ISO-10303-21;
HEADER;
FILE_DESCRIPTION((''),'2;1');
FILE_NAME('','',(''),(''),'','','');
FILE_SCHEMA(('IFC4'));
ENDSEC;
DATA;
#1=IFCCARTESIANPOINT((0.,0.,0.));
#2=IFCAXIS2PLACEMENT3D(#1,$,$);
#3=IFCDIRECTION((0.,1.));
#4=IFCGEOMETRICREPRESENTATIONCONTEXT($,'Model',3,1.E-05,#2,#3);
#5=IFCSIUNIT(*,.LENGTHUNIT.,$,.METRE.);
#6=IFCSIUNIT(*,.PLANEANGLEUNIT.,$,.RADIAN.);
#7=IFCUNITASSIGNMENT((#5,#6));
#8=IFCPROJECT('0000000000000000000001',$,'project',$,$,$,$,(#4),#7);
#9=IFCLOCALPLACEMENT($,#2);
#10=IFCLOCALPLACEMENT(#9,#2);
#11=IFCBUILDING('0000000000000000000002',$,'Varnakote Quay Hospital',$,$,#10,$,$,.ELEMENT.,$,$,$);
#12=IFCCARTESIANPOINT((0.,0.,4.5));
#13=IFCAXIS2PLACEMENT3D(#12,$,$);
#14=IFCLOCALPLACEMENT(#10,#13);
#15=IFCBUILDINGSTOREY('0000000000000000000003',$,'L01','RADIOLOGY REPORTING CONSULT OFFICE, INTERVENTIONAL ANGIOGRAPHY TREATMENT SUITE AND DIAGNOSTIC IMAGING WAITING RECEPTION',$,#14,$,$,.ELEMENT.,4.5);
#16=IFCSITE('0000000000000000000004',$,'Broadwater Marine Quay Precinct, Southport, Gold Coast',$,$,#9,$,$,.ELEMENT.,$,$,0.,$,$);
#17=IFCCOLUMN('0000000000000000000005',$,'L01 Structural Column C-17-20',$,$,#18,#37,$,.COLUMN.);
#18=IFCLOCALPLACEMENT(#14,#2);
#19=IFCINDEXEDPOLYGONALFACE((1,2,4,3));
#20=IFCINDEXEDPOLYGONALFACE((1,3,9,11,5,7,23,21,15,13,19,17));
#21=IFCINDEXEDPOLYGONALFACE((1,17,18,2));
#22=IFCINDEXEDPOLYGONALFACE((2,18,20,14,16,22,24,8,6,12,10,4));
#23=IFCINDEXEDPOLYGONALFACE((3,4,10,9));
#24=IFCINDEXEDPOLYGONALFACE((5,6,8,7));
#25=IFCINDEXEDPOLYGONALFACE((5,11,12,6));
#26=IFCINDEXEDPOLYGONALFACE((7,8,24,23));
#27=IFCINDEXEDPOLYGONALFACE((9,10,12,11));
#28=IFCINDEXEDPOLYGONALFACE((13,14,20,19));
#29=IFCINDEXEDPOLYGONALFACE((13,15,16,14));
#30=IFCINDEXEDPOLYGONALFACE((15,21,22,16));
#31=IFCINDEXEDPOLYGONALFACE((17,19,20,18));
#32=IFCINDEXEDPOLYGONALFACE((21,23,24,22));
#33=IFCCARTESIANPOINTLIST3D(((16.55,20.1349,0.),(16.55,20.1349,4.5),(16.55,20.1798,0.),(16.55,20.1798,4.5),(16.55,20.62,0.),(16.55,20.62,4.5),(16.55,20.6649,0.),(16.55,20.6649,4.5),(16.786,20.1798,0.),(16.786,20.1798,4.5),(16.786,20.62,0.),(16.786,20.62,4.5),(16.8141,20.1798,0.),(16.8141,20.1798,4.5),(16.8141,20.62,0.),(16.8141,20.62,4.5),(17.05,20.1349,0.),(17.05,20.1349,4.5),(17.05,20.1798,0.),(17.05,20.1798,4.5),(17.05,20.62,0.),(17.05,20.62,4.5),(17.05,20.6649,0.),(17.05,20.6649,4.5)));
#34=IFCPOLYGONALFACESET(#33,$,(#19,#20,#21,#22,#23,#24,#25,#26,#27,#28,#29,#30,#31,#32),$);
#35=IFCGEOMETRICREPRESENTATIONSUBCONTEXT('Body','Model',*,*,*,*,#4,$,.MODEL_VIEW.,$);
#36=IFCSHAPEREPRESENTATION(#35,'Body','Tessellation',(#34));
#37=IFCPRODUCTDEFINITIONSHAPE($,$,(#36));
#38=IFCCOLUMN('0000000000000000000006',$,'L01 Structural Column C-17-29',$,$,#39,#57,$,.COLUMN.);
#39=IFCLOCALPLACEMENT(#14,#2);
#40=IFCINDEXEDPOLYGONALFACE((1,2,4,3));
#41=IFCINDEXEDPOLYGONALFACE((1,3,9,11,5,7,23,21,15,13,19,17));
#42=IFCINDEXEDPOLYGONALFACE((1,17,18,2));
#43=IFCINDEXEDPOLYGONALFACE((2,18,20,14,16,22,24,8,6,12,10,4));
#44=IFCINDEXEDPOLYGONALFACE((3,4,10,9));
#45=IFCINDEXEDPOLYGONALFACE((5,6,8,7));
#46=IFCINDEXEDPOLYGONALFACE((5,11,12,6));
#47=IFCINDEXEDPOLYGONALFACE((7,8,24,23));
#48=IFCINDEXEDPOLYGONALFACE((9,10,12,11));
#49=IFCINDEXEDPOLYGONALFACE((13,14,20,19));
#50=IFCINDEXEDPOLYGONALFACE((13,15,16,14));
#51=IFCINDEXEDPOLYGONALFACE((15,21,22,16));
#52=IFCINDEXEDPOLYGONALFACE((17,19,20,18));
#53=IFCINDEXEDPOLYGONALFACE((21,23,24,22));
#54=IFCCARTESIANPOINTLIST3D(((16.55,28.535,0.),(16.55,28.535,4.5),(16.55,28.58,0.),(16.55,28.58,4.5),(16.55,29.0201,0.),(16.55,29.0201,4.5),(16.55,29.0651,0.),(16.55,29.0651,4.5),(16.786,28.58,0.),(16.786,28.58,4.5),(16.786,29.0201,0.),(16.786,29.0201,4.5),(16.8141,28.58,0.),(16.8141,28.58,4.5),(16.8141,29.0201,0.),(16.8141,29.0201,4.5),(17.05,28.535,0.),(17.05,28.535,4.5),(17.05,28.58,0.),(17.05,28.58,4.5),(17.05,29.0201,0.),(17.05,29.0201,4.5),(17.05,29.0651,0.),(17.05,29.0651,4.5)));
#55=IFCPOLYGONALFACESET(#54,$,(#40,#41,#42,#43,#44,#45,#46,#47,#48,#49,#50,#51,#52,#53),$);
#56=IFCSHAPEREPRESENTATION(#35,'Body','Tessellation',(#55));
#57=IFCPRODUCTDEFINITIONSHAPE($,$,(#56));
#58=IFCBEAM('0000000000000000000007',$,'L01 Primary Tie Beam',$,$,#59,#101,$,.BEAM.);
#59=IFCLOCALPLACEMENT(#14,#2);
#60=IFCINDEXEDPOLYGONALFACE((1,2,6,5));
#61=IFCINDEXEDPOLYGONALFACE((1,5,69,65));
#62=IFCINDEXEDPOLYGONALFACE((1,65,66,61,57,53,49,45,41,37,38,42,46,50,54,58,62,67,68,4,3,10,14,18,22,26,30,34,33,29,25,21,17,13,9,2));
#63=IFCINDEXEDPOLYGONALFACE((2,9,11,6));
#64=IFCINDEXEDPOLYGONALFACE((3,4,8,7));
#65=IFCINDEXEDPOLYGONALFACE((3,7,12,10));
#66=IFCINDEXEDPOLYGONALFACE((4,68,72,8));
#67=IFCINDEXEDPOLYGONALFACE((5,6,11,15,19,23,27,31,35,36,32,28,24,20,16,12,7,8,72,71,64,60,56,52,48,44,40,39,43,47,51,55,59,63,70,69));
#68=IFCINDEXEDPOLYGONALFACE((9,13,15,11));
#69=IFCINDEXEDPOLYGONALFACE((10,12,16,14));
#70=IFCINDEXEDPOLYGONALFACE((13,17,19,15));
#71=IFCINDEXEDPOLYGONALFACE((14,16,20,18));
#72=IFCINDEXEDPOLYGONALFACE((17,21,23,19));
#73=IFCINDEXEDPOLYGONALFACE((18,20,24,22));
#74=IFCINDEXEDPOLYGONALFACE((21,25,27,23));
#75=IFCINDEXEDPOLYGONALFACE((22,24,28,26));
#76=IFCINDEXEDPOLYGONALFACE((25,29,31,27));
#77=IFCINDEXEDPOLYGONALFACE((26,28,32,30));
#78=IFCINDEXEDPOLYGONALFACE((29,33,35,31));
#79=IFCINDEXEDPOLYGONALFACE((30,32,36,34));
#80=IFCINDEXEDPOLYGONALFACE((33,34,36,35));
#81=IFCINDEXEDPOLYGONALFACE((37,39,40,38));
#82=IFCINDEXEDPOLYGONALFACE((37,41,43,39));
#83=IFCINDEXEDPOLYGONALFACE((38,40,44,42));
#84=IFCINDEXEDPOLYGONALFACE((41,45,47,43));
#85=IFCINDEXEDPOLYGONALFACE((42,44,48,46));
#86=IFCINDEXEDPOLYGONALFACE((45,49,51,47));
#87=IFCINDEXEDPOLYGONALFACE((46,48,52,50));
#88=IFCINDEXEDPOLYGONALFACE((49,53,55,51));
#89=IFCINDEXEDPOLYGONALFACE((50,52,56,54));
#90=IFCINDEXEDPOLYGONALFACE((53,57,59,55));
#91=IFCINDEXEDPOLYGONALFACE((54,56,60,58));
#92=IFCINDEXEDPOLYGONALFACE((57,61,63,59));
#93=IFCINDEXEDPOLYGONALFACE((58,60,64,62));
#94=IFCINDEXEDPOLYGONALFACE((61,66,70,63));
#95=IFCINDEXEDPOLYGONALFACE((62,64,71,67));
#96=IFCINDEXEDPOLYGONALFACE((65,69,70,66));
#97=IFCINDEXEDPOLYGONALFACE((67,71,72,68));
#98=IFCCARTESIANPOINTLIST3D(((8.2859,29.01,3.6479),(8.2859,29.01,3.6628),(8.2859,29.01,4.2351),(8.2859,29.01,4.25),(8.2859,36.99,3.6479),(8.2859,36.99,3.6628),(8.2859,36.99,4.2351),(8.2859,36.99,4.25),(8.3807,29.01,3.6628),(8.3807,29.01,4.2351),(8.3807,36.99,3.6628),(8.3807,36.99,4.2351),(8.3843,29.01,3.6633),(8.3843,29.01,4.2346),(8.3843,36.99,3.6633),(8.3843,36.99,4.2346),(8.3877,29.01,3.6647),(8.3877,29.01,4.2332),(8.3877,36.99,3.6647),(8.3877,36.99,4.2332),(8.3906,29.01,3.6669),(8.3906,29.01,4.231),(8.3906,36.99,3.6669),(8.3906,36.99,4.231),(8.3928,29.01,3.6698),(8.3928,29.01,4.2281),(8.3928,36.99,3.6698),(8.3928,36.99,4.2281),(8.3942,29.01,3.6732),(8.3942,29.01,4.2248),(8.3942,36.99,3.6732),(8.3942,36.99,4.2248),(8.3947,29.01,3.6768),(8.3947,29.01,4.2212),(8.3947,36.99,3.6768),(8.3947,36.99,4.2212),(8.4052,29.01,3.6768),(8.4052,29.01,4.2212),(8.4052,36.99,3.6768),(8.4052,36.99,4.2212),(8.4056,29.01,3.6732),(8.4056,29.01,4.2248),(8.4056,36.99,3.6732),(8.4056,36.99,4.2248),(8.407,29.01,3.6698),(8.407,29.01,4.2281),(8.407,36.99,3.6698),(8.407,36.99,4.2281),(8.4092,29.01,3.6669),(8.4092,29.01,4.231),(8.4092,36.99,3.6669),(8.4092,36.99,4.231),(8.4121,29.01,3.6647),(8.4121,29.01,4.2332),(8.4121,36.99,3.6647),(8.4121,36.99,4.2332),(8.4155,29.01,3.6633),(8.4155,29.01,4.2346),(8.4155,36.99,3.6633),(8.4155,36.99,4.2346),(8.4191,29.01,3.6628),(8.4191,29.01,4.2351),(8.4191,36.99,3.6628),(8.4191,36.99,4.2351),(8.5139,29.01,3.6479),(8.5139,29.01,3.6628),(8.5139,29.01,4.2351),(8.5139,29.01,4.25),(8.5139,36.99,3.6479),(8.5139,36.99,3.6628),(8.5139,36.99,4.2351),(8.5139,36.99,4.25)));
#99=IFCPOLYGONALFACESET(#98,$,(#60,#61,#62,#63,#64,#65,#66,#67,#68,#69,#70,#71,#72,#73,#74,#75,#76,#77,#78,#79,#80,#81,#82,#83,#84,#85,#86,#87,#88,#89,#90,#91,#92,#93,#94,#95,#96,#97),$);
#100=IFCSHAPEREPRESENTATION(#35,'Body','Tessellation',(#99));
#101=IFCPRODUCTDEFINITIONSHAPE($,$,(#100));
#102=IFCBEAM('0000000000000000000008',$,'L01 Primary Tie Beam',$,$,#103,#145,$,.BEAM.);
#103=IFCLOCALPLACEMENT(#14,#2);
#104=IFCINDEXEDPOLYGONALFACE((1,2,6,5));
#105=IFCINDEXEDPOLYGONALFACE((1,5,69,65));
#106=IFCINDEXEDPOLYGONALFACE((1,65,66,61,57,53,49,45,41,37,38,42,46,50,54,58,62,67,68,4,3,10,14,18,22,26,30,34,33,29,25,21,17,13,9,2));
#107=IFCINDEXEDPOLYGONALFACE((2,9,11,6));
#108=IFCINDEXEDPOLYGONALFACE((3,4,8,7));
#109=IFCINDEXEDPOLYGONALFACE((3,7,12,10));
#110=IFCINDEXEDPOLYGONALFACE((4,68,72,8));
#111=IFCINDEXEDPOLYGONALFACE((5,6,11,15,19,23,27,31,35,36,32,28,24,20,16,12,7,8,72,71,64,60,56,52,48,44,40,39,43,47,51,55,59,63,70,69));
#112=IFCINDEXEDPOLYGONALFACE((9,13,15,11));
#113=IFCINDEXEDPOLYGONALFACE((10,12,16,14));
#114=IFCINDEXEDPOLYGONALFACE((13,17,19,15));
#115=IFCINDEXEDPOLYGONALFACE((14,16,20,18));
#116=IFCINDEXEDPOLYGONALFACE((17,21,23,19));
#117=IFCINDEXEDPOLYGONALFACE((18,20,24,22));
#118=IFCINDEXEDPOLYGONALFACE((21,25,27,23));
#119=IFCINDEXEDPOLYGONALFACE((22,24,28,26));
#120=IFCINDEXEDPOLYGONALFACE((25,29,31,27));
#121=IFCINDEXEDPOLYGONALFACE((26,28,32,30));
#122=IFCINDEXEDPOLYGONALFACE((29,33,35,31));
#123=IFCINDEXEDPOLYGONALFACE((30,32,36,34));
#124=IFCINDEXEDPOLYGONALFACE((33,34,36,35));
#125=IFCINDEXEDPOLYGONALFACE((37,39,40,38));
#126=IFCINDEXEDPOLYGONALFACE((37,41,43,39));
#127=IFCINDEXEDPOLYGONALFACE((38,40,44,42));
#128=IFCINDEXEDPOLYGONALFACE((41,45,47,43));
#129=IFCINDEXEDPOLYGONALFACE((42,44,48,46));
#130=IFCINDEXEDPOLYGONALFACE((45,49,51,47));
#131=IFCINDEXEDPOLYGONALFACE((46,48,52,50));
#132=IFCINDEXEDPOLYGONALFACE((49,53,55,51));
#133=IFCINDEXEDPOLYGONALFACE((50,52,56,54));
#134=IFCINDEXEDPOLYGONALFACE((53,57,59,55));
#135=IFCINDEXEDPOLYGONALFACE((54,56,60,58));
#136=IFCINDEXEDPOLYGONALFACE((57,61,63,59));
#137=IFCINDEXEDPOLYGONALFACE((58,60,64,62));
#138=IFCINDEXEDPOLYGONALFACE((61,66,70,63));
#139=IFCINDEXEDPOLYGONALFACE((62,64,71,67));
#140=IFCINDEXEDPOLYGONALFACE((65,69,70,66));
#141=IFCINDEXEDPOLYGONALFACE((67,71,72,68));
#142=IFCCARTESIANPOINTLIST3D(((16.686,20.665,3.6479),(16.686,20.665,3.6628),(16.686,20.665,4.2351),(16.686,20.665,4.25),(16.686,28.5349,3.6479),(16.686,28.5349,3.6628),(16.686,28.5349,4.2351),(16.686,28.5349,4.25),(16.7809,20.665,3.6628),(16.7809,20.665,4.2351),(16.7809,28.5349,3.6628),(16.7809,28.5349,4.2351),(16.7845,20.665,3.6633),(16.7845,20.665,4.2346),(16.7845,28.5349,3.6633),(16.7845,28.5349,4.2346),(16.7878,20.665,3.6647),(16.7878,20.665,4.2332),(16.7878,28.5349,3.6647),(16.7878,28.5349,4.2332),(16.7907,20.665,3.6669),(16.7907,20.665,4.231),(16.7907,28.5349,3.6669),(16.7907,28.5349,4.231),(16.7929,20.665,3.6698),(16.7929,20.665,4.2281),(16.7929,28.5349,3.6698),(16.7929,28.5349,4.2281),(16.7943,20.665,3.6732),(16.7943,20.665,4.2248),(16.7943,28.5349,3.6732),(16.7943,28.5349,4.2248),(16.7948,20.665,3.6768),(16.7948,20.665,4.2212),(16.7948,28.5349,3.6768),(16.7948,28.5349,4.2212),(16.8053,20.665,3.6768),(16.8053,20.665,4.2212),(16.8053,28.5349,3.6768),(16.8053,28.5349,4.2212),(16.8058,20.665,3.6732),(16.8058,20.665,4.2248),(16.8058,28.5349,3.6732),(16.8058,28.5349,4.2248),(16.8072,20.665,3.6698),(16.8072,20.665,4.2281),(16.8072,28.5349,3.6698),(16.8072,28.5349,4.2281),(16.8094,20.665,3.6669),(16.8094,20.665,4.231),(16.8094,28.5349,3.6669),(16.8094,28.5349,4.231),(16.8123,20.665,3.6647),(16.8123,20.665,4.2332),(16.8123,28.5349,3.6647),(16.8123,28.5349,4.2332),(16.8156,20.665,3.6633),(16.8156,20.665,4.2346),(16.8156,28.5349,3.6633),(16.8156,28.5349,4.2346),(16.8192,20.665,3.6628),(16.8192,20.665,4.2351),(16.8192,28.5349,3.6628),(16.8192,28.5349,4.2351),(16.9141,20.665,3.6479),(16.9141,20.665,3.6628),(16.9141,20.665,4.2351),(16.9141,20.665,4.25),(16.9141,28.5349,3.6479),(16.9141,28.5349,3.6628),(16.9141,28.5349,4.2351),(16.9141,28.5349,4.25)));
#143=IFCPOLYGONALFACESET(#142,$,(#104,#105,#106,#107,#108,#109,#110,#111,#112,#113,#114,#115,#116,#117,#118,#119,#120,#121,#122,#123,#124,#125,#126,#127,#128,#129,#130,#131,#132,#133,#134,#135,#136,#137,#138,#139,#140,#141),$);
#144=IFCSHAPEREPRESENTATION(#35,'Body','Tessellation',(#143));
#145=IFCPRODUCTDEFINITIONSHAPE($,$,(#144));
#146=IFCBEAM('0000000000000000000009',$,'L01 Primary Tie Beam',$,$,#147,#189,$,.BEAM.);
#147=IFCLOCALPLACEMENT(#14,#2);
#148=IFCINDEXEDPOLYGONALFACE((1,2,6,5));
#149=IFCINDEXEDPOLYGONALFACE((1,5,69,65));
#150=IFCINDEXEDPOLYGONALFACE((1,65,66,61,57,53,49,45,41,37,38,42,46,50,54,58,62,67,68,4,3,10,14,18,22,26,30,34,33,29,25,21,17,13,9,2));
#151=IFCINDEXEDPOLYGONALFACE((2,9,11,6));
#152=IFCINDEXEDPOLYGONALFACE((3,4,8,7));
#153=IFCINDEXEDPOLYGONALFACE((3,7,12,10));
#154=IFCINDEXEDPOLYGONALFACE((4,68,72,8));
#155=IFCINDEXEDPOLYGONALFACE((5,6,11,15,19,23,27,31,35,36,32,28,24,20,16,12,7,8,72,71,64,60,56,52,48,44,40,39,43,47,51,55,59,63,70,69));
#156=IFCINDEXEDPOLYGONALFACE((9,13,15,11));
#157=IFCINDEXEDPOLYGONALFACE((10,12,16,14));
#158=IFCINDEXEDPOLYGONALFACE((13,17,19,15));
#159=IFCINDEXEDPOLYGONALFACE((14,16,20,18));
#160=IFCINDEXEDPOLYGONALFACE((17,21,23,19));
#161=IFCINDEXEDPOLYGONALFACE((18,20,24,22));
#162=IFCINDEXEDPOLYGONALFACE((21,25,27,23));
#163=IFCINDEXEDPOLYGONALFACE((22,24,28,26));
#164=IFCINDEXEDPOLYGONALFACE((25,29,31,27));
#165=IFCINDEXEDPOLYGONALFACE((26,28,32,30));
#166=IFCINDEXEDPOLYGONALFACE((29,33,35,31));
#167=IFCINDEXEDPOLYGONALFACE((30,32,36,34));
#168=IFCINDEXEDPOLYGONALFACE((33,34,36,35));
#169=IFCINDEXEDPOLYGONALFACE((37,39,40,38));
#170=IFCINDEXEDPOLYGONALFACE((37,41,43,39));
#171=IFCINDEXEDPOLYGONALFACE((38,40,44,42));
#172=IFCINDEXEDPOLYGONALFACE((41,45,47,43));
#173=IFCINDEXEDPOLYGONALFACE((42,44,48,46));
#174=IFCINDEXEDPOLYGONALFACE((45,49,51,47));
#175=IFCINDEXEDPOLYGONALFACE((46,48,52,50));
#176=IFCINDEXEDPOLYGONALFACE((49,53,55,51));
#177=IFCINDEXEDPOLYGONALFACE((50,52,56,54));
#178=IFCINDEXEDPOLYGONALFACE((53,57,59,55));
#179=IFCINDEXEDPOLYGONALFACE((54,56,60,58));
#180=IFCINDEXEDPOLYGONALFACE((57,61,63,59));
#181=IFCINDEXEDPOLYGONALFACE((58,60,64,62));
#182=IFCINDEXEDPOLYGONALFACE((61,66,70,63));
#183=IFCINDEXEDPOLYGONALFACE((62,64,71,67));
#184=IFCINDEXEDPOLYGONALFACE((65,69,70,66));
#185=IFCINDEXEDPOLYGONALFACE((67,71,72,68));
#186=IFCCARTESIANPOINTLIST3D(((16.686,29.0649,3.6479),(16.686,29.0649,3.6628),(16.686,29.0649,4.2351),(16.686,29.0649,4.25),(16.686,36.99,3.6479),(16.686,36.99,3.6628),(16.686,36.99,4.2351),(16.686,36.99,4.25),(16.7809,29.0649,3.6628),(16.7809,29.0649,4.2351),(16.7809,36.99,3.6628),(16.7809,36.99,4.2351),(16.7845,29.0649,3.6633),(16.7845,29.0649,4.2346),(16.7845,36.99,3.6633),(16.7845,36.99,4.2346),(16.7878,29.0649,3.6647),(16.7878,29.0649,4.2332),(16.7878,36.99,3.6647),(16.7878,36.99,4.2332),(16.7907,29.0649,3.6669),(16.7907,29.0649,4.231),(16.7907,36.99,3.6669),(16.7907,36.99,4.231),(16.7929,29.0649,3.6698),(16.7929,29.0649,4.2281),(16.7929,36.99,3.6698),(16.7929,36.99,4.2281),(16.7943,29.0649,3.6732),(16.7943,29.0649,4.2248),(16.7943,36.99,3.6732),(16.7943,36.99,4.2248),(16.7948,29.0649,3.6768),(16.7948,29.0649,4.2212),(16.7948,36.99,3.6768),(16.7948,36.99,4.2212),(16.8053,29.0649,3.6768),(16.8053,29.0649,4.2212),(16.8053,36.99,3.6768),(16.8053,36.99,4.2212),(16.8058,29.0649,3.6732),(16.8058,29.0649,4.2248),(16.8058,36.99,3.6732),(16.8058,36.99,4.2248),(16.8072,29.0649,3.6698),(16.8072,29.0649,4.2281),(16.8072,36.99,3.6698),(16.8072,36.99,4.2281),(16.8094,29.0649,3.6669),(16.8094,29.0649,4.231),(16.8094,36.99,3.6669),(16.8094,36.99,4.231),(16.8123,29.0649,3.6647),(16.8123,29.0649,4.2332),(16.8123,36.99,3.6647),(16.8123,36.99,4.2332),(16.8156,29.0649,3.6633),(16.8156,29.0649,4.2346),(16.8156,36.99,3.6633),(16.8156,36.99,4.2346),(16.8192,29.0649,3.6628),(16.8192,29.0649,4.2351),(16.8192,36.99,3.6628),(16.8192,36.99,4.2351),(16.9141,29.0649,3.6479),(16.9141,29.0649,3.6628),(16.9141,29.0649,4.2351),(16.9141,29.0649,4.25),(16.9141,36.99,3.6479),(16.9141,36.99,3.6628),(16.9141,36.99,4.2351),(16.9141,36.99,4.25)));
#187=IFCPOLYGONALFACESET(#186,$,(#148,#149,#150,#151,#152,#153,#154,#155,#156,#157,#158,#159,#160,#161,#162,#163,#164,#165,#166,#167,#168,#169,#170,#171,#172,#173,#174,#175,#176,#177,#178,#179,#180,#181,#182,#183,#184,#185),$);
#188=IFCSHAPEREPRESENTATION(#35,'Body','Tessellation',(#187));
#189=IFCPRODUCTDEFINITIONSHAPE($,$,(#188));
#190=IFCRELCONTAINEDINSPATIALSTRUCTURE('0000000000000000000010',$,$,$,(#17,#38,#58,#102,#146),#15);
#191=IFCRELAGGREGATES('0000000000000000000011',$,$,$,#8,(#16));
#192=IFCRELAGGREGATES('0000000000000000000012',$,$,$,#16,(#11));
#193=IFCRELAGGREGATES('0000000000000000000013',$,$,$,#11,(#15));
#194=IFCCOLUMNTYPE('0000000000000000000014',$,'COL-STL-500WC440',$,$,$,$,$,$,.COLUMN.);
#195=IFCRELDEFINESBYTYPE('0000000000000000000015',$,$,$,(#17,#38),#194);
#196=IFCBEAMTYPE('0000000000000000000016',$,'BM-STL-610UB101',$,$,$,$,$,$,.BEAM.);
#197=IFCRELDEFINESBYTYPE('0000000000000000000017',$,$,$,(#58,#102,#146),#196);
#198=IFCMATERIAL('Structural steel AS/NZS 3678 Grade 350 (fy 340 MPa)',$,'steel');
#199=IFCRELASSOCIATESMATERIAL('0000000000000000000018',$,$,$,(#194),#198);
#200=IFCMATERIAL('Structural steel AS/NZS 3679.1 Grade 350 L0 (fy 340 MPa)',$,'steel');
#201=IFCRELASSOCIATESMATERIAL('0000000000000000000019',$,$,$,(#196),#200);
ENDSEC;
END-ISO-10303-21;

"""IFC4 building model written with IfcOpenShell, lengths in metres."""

from ifc_helpers import new_model, si_unit, direction, frame, origin, origin_2d, place, context, subcontext, project, spatial, i_section, extrude, material, material_profile, profile_set, type_object, element, save


model = new_model("IFC4")

# Units and contexts
model_context = context("Model", 3, precision=1e-05, world=origin(), true_north=direction((0.0, 1.0)))
body_context = subcontext(model_context, "Body", "Model", "MODEL_VIEW")
ifc_project = project(units=[si_unit("LENGTHUNIT", "METRE"), si_unit("PLANEANGLEUNIT", "RADIAN")], contexts=[model_context])

# Site, building, storey
site_placement = place(None, origin())
site = spatial("IfcSite", under=ifc_project, at=site_placement, Name="Broadwater Marine Quay Precinct, Southport, Gold Coast", CompositionType="ELEMENT", RefElevation=0.0)
building_placement = place(site_placement, origin())
building = spatial("IfcBuilding", under=site, at=building_placement, Name="Varnakote Quay Hospital", CompositionType="ELEMENT")
storey_placement = place(building_placement, frame((0.0, 0.0, 4.5)))
storey = spatial("IfcBuildingStorey", under=building, at=storey_placement, Name="L01", Description="RADIOLOGY REPORTING CONSULT OFFICE, INTERVENTIONAL ANGIOGRAPHY TREATMENT SUITE AND DIAGNOSTIC IMAGING WAITING RECEPTION", CompositionType="ELEMENT", Elevation=4.5)

# Columns
ifc_material_1 = material(Name="Structural steel AS/NZS 3678 Grade 350 (fy 340 MPa)", Category="steel")
ifc_material_profile_1 = material_profile(ifc_material_1, i_section(OverallWidth=0.5, OverallDepth=0.53, WebThickness=0.0281, FlangeThickness=0.0449, at=origin_2d()), Name="500WC440")
ifc_profile_set_1 = profile_set([ifc_material_profile_1], Name="Structural steel AS/NZS 3678 Grade 350 (fy 340 MPa)")
column_type = type_object("IfcColumnType", Name="COL-STL-500WC440", PredefinedType="COLUMN", material=ifc_profile_set_1)
for number, where, z_axis, x_axis, name in (
    (1, (16.8, 20.3999, 0.0), (0.0, 0.0, 1.0), (1.0, 0.0, 0.0), "L01 Structural Column C-17-20"),
    (2, (16.8, 28.8, 0.0), (0.0, 0.0, 1.0), (1.0, 0.0, 0.0), "L01 Structural Column C-17-29"),
):
    element("IfcColumn", number, at=place(storey_placement, frame(where, z_axis=z_axis, x_axis=x_axis)), inside=storey, type_object=column_type, Name=name, PredefinedType="COLUMN", context=body_context, shape_type="SweptSolid", body=[
        extrude(i_section(OverallWidth=0.5, OverallDepth=0.53, WebThickness=0.0281, FlangeThickness=0.0449, at=origin_2d()), origin(), (0.0, 0.0, 1.0), 4.5),
    ])

# Beams
ifc_material_2 = material(Name="Structural steel AS/NZS 3679.1 Grade 350 L0 (fy 340 MPa)", Category="steel")
ifc_material_profile_2 = material_profile(ifc_material_2, i_section(OverallWidth=0.228, OverallDepth=0.6021, WebThickness=0.0105, FlangeThickness=0.0149, FilletRadius=0.0139, at=origin_2d()), Name="610UB101")
ifc_profile_set_2 = profile_set([ifc_material_profile_2], Name="Structural steel AS/NZS 3679.1 Grade 350 L0 (fy 340 MPa)")
beam_type_1 = type_object("IfcBeamType", Name="BM-STL-610UB101", PredefinedType="BEAM", material=ifc_profile_set_2)
beam_1_placement = place(storey_placement, frame((8.3999, 29.01, 3.949), z_axis=(0.0, 1.0, 0.0), x_axis=(-1.0, 0.0, 0.0)))
element("IfcBeam", 3, at=beam_1_placement, inside=storey, type_object=beam_type_1, Name="L01 Primary Tie Beam", PredefinedType="BEAM", context=body_context, shape_type="SweptSolid", body=[
    extrude(i_section(OverallWidth=0.228, OverallDepth=0.6021, WebThickness=0.0105, FlangeThickness=0.0149, FilletRadius=0.0139, at=origin_2d()), origin(), (0.0, 0.0, 1.0), 7.98),
])
beam_2_placement = place(storey_placement, frame((16.8, 20.665, 3.949), z_axis=(0.0, 1.0, 0.0), x_axis=(-1.0, 0.0, 0.0)))
element("IfcBeam", 4, at=beam_2_placement, inside=storey, type_object=beam_type_1, Name="L01 Primary Tie Beam", PredefinedType="BEAM", context=body_context, shape_type="SweptSolid", body=[
    extrude(i_section(OverallWidth=0.228, OverallDepth=0.6021, WebThickness=0.0105, FlangeThickness=0.0149, FilletRadius=0.0139, at=origin_2d()), origin(), (0.0, 0.0, 1.0), 7.8699),
])
beam_3_placement = place(storey_placement, frame((16.8, 29.0649, 3.949), z_axis=(0.0, 1.0, 0.0), x_axis=(-1.0, 0.0, 0.0)))
element("IfcBeam", 5, at=beam_3_placement, inside=storey, type_object=beam_type_1, Name="L01 Primary Tie Beam", PredefinedType="BEAM", context=body_context, shape_type="SweptSolid", body=[
    extrude(i_section(OverallWidth=0.228, OverallDepth=0.6021, WebThickness=0.0105, FlangeThickness=0.0149, FilletRadius=0.0139, at=origin_2d()), origin(), (0.0, 0.0, 1.0), 7.925),
])

save(model, "model.ifc")
